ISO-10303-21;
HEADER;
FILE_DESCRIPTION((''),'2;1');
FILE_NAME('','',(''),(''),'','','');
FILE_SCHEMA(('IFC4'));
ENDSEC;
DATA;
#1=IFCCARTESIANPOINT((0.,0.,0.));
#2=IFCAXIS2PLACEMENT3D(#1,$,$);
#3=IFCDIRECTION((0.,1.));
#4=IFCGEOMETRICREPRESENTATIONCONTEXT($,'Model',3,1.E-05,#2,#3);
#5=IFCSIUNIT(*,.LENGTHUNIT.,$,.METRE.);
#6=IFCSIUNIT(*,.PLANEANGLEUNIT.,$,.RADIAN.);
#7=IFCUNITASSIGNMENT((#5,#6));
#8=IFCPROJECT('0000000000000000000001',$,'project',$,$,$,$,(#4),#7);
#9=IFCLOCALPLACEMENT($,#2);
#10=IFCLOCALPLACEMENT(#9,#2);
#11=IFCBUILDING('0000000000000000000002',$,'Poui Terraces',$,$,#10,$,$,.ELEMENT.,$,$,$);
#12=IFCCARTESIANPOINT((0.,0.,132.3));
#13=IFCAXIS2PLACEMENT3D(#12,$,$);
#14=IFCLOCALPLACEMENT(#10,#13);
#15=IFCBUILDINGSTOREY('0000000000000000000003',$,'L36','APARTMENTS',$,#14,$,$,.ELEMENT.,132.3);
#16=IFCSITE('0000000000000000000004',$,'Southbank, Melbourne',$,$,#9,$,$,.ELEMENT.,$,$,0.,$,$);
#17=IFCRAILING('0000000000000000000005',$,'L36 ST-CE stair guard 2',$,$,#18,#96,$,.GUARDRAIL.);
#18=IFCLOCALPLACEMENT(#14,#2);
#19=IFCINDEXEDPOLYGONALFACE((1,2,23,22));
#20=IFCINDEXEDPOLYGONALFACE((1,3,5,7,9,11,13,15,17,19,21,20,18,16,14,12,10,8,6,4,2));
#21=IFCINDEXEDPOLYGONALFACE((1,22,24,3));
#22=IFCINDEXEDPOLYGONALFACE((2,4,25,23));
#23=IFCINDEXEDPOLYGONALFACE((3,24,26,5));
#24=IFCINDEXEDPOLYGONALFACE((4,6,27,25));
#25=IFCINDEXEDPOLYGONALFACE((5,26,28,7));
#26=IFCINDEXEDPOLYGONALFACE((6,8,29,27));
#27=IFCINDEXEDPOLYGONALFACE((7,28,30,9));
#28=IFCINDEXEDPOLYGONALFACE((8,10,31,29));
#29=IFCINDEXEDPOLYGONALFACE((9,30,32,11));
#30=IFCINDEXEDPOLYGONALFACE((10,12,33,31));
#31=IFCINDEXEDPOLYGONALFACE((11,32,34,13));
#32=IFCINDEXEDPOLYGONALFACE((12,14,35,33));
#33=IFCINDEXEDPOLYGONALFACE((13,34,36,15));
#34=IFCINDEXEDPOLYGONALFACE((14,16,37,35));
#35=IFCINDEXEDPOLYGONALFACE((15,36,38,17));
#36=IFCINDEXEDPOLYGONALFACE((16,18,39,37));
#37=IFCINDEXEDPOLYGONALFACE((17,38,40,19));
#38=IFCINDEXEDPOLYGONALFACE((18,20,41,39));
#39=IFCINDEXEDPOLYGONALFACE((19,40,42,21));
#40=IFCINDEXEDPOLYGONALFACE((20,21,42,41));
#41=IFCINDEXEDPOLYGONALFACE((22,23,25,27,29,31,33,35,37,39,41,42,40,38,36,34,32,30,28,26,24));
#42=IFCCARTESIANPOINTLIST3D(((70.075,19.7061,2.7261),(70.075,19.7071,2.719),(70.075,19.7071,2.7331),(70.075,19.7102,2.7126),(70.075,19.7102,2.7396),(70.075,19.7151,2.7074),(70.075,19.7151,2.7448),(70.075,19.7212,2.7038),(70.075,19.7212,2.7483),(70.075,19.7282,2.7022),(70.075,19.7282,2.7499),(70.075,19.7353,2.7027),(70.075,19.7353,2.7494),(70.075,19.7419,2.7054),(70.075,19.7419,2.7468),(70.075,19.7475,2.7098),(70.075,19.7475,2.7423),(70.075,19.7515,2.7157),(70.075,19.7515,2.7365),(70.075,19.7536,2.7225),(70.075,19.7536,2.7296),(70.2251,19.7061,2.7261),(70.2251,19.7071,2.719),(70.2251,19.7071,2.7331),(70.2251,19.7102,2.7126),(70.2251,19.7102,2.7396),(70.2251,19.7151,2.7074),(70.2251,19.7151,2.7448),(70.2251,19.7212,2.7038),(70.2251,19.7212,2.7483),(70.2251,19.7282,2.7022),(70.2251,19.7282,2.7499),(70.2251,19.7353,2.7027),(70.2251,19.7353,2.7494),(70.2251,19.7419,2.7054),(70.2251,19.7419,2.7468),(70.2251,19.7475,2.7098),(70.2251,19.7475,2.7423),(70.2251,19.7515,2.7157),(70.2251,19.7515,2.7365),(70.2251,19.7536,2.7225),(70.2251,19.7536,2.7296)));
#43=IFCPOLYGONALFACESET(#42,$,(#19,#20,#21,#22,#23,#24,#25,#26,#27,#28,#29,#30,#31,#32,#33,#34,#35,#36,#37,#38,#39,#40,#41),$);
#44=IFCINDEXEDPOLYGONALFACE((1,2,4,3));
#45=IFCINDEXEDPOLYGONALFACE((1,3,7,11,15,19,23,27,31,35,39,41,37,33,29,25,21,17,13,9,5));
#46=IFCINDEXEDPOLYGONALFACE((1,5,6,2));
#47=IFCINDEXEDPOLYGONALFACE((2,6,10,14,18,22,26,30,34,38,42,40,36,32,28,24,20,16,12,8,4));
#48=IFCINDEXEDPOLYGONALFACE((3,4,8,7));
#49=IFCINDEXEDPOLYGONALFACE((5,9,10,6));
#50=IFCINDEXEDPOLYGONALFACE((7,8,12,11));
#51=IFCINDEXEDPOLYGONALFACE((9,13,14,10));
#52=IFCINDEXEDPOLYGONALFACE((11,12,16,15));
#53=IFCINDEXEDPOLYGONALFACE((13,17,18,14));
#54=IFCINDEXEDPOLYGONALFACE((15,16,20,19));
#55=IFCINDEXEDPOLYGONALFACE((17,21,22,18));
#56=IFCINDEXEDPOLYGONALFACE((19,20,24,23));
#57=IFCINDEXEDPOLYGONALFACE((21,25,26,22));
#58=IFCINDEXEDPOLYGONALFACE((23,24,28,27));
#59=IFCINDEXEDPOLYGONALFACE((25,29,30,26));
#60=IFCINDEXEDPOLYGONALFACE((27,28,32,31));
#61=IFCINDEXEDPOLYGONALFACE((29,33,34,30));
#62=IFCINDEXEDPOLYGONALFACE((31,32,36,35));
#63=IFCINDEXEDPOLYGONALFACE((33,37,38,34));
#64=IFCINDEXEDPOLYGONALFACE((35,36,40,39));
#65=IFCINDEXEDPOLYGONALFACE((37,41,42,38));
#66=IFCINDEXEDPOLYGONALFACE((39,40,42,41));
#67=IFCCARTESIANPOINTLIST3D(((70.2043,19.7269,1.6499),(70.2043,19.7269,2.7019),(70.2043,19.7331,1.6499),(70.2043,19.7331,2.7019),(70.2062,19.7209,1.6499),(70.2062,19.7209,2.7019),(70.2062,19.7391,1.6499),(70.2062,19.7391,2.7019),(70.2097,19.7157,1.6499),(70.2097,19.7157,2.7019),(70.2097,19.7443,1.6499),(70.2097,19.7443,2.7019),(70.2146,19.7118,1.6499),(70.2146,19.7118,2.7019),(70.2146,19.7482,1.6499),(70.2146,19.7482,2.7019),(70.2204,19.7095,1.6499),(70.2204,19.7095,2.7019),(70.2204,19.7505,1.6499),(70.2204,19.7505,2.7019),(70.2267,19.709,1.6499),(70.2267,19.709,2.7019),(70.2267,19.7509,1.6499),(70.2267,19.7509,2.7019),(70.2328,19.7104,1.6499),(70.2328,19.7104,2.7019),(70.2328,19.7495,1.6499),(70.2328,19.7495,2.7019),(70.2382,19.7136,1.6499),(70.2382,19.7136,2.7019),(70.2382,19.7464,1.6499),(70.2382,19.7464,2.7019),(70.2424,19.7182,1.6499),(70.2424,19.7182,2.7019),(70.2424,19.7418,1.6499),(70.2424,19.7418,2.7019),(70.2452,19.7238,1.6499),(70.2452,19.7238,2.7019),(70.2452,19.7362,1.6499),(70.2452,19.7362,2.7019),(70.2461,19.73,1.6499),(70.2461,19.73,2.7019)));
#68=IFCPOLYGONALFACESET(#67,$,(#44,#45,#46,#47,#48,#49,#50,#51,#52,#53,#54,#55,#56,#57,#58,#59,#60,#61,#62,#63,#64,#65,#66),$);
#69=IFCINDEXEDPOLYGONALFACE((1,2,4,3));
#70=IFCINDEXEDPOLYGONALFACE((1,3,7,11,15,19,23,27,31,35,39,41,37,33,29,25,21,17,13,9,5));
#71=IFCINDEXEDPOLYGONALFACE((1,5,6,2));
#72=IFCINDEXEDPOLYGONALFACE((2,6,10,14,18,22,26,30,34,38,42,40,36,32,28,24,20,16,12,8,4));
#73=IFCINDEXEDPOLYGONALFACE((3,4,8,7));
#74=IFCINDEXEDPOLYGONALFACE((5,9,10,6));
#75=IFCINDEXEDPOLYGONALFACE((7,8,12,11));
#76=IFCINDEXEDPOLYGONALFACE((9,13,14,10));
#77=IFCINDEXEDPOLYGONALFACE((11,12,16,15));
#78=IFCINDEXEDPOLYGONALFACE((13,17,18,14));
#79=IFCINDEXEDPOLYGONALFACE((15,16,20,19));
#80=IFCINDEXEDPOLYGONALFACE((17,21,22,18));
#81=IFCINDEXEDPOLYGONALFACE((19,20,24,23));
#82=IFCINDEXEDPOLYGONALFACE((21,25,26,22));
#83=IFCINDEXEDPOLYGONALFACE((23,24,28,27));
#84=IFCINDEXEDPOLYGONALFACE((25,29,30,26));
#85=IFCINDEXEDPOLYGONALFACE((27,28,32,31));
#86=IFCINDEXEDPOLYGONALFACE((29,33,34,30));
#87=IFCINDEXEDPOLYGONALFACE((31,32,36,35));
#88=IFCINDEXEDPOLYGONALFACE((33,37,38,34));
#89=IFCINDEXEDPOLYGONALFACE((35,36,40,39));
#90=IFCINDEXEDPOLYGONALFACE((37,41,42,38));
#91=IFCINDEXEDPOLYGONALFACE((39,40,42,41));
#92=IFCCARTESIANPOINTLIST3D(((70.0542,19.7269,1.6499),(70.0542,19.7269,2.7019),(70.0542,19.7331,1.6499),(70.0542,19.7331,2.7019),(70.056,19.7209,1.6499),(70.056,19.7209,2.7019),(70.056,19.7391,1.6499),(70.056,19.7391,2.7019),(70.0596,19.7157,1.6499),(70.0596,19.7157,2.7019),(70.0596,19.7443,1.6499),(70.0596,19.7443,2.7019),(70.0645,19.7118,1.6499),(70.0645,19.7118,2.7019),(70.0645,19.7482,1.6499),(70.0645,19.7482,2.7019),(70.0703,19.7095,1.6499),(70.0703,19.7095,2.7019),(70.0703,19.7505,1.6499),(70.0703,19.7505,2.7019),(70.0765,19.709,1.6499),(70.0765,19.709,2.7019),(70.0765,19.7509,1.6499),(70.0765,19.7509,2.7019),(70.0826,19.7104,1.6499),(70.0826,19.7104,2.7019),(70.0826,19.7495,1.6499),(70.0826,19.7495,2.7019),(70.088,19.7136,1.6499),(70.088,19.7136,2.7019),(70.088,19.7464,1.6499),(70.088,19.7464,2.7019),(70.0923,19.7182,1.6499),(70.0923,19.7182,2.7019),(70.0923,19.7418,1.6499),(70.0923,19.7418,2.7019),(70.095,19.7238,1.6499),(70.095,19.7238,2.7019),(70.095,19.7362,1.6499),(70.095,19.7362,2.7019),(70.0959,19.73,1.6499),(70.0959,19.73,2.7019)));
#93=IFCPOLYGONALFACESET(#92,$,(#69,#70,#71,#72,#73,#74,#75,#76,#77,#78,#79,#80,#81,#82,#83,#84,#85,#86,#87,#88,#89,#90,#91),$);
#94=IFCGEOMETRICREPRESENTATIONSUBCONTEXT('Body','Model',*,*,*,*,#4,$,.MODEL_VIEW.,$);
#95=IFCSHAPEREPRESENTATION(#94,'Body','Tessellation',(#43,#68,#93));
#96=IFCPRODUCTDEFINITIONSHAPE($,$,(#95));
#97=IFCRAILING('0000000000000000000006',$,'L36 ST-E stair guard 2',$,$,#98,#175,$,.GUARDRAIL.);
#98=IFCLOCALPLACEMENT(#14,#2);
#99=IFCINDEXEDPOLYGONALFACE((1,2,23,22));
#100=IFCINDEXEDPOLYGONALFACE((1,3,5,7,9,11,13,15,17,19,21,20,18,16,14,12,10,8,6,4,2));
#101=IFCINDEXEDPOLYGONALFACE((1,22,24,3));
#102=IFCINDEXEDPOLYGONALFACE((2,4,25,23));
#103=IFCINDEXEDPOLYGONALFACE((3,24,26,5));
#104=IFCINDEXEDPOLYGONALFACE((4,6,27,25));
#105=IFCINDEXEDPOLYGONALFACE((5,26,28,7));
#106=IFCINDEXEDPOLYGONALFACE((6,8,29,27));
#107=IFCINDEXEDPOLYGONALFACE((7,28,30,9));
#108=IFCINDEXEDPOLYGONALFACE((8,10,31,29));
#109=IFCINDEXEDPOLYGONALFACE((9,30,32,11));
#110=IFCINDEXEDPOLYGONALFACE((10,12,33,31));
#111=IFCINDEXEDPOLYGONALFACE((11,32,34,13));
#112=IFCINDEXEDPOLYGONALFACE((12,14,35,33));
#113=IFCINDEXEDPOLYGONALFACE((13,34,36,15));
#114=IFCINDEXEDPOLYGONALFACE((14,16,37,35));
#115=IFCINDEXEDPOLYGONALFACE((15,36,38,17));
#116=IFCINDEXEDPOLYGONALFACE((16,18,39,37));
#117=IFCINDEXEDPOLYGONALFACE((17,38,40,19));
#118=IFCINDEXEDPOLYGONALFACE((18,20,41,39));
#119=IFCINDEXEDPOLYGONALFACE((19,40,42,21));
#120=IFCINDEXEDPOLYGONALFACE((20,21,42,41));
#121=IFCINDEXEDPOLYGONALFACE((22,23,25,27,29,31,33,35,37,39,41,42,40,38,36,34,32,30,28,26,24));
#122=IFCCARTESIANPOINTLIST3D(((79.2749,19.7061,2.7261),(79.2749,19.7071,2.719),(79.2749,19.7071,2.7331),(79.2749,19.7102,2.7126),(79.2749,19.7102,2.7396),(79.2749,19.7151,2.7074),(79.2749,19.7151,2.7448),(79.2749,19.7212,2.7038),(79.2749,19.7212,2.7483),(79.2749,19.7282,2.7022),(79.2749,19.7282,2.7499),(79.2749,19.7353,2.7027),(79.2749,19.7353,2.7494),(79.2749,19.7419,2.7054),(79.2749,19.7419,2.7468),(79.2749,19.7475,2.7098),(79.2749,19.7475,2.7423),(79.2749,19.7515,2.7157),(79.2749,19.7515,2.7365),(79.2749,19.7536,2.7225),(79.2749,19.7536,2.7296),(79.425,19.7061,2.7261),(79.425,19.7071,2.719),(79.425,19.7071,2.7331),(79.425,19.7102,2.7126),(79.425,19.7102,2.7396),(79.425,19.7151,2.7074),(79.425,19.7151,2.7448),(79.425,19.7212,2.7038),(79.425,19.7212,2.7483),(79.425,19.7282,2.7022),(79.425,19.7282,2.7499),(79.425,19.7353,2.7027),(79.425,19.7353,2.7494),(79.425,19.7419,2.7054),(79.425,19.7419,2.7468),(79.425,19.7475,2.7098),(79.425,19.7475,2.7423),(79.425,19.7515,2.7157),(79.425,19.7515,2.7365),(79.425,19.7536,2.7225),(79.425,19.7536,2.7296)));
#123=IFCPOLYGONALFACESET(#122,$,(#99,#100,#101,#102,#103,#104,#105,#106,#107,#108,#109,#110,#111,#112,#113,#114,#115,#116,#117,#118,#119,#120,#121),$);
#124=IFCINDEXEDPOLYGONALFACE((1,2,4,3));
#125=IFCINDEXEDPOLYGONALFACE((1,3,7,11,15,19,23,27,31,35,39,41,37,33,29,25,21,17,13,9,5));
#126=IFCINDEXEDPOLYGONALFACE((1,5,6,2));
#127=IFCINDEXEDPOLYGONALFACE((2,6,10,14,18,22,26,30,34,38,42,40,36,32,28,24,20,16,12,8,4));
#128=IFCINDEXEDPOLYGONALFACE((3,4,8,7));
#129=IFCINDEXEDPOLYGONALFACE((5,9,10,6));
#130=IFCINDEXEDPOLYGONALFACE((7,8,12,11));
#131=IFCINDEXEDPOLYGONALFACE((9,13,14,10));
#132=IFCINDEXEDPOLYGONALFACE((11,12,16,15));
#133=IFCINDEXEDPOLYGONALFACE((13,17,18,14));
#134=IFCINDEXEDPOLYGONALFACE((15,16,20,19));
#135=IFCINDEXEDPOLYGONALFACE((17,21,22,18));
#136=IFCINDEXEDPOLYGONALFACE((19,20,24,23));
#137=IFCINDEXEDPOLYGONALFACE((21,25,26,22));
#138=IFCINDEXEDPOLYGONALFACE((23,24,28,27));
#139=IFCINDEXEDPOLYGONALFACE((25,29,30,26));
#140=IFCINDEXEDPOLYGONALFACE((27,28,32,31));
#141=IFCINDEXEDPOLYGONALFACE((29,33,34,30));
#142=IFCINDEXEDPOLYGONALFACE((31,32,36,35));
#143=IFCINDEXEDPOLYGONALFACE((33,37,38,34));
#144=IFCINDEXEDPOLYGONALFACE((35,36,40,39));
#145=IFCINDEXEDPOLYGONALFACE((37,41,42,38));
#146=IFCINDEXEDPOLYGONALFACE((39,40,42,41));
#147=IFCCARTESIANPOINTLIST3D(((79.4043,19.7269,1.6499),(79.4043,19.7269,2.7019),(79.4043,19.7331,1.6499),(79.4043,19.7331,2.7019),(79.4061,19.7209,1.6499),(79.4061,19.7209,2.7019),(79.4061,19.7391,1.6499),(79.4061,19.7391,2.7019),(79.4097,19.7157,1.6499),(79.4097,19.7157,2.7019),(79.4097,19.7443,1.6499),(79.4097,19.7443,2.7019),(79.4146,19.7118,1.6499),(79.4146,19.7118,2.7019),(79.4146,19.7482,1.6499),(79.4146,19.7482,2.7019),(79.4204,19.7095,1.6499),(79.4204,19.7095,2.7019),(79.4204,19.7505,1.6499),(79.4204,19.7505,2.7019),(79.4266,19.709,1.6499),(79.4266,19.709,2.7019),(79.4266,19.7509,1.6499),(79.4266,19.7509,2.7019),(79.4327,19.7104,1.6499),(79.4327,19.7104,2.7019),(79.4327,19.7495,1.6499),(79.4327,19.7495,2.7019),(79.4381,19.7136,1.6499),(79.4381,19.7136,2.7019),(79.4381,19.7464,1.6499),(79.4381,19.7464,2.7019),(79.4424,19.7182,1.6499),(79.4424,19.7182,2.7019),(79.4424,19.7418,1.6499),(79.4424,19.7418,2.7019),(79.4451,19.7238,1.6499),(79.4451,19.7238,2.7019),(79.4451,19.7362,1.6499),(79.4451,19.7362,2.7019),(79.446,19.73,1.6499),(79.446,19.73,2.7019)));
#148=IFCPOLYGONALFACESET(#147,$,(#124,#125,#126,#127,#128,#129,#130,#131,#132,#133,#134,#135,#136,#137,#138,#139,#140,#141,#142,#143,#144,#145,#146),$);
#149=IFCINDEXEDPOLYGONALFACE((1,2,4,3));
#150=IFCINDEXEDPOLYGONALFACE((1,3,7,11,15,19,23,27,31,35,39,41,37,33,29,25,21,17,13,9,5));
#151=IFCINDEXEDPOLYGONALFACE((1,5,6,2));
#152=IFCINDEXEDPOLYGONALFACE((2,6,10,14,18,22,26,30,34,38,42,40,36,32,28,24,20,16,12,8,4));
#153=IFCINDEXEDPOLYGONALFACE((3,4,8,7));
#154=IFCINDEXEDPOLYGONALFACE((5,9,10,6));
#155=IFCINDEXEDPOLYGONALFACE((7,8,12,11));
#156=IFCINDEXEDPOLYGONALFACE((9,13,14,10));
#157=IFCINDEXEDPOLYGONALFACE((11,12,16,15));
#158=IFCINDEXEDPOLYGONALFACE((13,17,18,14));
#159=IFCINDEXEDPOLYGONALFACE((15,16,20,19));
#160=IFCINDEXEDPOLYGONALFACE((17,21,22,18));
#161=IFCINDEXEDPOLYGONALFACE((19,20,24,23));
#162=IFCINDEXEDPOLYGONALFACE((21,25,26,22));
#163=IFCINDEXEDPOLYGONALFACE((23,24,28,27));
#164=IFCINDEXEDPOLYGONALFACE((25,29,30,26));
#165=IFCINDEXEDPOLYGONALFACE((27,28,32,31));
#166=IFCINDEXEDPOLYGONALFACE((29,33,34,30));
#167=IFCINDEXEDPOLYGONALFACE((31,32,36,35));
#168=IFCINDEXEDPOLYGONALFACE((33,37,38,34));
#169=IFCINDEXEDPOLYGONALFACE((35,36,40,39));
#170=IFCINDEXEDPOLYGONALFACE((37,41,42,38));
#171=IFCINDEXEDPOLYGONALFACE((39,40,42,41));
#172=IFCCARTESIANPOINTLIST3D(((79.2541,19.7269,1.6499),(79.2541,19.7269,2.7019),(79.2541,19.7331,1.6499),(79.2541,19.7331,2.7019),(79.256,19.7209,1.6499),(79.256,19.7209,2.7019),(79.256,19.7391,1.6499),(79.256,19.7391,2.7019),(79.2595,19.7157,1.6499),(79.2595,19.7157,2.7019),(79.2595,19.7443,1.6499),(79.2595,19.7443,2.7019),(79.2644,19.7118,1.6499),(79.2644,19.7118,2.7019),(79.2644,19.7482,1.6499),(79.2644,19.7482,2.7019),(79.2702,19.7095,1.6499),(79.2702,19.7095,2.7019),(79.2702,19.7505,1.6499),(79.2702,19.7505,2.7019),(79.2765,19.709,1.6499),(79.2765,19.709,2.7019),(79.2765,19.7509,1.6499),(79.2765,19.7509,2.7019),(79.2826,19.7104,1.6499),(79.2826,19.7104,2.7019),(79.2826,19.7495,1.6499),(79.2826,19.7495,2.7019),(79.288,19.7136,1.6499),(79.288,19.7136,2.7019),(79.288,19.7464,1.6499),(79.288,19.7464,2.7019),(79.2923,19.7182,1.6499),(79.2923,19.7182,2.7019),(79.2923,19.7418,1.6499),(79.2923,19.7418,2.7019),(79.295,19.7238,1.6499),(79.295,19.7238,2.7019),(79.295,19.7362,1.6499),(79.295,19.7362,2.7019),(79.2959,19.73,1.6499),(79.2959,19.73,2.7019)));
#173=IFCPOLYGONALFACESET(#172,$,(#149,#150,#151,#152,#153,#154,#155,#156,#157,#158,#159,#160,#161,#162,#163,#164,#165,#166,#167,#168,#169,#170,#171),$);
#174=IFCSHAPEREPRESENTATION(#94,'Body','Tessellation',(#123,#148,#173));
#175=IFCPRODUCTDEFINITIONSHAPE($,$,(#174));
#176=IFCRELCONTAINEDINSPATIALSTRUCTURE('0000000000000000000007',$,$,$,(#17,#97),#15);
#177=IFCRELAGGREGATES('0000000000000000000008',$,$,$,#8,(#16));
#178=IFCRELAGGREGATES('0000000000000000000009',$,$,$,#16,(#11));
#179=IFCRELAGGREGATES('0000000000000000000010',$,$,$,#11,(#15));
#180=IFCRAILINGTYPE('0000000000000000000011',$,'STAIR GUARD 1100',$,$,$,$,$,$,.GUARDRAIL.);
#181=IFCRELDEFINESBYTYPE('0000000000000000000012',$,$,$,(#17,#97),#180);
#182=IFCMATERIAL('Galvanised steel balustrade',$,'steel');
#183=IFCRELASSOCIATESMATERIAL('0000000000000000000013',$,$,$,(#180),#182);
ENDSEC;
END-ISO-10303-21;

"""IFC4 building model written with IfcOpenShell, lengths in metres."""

from ifc_helpers import new_model, si_unit, direction, frame, origin, origin_2d, place, context, subcontext, project, spatial, circle, extrude, material, type_object, element, save


model = new_model("IFC4")

# Units and contexts
model_context = context("Model", 3, precision=1e-05, world=origin(), true_north=direction((0.0, 1.0)))
body_context = subcontext(model_context, "Body", "Model", "MODEL_VIEW")
ifc_project = project(units=[si_unit("LENGTHUNIT", "METRE"), si_unit("PLANEANGLEUNIT", "RADIAN")], contexts=[model_context])

# Site, building, storey
site_placement = place(None, origin())
site = spatial("IfcSite", under=ifc_project, at=site_placement, Name="Southbank, Melbourne", CompositionType="ELEMENT", RefElevation=0.0)
building_placement = place(site_placement, origin())
building = spatial("IfcBuilding", under=site, at=building_placement, Name="Poui Terraces", CompositionType="ELEMENT")
storey_placement = place(building_placement, frame((0.0, 0.0, 132.3)))
storey = spatial("IfcBuildingStorey", under=building, at=storey_placement, Name="L36", Description="APARTMENTS", CompositionType="ELEMENT", Elevation=132.3)

# Railings
ifc_material_1 = material(Name="Galvanised steel balustrade", Category="steel")
railing_type_1 = type_object("IfcRailingType", Name="STAIR GUARD 1100", PredefinedType="GUARDRAIL", material=ifc_material_1)
for number, where, name in (
    (1, (70.2251, 19.73, 1.6499), "L36 ST-CE stair guard 2"),
    (2, (79.425, 19.73, 1.6499), "L36 ST-E stair guard 2"),
):
    element("IfcRailing", number, at=place(storey_placement, frame(where)), inside=storey, type_object=railing_type_1, Name=name, PredefinedType="GUARDRAIL", context=body_context, shape_type="SweptSolid", body=[
        extrude(circle(Radius=0.0239, at=origin_2d()), frame((0.0, 0.0, 1.0762), z_axis=(-1.0, 0.0, 0.0), x_axis=(0.0, -1.0, 0.0)), (0.0, 0.0, 1.0), 0.1501),
        extrude(circle(Radius=0.021, at=origin_2d()), origin(), (0.0, 0.0, 1.0), 1.052),
        extrude(circle(Radius=0.021, at=origin_2d()), frame((-0.1501, 0.0, 0.0)), (0.0, 0.0, 1.0), 1.052),
    ])

save(model, "model.ifc")
